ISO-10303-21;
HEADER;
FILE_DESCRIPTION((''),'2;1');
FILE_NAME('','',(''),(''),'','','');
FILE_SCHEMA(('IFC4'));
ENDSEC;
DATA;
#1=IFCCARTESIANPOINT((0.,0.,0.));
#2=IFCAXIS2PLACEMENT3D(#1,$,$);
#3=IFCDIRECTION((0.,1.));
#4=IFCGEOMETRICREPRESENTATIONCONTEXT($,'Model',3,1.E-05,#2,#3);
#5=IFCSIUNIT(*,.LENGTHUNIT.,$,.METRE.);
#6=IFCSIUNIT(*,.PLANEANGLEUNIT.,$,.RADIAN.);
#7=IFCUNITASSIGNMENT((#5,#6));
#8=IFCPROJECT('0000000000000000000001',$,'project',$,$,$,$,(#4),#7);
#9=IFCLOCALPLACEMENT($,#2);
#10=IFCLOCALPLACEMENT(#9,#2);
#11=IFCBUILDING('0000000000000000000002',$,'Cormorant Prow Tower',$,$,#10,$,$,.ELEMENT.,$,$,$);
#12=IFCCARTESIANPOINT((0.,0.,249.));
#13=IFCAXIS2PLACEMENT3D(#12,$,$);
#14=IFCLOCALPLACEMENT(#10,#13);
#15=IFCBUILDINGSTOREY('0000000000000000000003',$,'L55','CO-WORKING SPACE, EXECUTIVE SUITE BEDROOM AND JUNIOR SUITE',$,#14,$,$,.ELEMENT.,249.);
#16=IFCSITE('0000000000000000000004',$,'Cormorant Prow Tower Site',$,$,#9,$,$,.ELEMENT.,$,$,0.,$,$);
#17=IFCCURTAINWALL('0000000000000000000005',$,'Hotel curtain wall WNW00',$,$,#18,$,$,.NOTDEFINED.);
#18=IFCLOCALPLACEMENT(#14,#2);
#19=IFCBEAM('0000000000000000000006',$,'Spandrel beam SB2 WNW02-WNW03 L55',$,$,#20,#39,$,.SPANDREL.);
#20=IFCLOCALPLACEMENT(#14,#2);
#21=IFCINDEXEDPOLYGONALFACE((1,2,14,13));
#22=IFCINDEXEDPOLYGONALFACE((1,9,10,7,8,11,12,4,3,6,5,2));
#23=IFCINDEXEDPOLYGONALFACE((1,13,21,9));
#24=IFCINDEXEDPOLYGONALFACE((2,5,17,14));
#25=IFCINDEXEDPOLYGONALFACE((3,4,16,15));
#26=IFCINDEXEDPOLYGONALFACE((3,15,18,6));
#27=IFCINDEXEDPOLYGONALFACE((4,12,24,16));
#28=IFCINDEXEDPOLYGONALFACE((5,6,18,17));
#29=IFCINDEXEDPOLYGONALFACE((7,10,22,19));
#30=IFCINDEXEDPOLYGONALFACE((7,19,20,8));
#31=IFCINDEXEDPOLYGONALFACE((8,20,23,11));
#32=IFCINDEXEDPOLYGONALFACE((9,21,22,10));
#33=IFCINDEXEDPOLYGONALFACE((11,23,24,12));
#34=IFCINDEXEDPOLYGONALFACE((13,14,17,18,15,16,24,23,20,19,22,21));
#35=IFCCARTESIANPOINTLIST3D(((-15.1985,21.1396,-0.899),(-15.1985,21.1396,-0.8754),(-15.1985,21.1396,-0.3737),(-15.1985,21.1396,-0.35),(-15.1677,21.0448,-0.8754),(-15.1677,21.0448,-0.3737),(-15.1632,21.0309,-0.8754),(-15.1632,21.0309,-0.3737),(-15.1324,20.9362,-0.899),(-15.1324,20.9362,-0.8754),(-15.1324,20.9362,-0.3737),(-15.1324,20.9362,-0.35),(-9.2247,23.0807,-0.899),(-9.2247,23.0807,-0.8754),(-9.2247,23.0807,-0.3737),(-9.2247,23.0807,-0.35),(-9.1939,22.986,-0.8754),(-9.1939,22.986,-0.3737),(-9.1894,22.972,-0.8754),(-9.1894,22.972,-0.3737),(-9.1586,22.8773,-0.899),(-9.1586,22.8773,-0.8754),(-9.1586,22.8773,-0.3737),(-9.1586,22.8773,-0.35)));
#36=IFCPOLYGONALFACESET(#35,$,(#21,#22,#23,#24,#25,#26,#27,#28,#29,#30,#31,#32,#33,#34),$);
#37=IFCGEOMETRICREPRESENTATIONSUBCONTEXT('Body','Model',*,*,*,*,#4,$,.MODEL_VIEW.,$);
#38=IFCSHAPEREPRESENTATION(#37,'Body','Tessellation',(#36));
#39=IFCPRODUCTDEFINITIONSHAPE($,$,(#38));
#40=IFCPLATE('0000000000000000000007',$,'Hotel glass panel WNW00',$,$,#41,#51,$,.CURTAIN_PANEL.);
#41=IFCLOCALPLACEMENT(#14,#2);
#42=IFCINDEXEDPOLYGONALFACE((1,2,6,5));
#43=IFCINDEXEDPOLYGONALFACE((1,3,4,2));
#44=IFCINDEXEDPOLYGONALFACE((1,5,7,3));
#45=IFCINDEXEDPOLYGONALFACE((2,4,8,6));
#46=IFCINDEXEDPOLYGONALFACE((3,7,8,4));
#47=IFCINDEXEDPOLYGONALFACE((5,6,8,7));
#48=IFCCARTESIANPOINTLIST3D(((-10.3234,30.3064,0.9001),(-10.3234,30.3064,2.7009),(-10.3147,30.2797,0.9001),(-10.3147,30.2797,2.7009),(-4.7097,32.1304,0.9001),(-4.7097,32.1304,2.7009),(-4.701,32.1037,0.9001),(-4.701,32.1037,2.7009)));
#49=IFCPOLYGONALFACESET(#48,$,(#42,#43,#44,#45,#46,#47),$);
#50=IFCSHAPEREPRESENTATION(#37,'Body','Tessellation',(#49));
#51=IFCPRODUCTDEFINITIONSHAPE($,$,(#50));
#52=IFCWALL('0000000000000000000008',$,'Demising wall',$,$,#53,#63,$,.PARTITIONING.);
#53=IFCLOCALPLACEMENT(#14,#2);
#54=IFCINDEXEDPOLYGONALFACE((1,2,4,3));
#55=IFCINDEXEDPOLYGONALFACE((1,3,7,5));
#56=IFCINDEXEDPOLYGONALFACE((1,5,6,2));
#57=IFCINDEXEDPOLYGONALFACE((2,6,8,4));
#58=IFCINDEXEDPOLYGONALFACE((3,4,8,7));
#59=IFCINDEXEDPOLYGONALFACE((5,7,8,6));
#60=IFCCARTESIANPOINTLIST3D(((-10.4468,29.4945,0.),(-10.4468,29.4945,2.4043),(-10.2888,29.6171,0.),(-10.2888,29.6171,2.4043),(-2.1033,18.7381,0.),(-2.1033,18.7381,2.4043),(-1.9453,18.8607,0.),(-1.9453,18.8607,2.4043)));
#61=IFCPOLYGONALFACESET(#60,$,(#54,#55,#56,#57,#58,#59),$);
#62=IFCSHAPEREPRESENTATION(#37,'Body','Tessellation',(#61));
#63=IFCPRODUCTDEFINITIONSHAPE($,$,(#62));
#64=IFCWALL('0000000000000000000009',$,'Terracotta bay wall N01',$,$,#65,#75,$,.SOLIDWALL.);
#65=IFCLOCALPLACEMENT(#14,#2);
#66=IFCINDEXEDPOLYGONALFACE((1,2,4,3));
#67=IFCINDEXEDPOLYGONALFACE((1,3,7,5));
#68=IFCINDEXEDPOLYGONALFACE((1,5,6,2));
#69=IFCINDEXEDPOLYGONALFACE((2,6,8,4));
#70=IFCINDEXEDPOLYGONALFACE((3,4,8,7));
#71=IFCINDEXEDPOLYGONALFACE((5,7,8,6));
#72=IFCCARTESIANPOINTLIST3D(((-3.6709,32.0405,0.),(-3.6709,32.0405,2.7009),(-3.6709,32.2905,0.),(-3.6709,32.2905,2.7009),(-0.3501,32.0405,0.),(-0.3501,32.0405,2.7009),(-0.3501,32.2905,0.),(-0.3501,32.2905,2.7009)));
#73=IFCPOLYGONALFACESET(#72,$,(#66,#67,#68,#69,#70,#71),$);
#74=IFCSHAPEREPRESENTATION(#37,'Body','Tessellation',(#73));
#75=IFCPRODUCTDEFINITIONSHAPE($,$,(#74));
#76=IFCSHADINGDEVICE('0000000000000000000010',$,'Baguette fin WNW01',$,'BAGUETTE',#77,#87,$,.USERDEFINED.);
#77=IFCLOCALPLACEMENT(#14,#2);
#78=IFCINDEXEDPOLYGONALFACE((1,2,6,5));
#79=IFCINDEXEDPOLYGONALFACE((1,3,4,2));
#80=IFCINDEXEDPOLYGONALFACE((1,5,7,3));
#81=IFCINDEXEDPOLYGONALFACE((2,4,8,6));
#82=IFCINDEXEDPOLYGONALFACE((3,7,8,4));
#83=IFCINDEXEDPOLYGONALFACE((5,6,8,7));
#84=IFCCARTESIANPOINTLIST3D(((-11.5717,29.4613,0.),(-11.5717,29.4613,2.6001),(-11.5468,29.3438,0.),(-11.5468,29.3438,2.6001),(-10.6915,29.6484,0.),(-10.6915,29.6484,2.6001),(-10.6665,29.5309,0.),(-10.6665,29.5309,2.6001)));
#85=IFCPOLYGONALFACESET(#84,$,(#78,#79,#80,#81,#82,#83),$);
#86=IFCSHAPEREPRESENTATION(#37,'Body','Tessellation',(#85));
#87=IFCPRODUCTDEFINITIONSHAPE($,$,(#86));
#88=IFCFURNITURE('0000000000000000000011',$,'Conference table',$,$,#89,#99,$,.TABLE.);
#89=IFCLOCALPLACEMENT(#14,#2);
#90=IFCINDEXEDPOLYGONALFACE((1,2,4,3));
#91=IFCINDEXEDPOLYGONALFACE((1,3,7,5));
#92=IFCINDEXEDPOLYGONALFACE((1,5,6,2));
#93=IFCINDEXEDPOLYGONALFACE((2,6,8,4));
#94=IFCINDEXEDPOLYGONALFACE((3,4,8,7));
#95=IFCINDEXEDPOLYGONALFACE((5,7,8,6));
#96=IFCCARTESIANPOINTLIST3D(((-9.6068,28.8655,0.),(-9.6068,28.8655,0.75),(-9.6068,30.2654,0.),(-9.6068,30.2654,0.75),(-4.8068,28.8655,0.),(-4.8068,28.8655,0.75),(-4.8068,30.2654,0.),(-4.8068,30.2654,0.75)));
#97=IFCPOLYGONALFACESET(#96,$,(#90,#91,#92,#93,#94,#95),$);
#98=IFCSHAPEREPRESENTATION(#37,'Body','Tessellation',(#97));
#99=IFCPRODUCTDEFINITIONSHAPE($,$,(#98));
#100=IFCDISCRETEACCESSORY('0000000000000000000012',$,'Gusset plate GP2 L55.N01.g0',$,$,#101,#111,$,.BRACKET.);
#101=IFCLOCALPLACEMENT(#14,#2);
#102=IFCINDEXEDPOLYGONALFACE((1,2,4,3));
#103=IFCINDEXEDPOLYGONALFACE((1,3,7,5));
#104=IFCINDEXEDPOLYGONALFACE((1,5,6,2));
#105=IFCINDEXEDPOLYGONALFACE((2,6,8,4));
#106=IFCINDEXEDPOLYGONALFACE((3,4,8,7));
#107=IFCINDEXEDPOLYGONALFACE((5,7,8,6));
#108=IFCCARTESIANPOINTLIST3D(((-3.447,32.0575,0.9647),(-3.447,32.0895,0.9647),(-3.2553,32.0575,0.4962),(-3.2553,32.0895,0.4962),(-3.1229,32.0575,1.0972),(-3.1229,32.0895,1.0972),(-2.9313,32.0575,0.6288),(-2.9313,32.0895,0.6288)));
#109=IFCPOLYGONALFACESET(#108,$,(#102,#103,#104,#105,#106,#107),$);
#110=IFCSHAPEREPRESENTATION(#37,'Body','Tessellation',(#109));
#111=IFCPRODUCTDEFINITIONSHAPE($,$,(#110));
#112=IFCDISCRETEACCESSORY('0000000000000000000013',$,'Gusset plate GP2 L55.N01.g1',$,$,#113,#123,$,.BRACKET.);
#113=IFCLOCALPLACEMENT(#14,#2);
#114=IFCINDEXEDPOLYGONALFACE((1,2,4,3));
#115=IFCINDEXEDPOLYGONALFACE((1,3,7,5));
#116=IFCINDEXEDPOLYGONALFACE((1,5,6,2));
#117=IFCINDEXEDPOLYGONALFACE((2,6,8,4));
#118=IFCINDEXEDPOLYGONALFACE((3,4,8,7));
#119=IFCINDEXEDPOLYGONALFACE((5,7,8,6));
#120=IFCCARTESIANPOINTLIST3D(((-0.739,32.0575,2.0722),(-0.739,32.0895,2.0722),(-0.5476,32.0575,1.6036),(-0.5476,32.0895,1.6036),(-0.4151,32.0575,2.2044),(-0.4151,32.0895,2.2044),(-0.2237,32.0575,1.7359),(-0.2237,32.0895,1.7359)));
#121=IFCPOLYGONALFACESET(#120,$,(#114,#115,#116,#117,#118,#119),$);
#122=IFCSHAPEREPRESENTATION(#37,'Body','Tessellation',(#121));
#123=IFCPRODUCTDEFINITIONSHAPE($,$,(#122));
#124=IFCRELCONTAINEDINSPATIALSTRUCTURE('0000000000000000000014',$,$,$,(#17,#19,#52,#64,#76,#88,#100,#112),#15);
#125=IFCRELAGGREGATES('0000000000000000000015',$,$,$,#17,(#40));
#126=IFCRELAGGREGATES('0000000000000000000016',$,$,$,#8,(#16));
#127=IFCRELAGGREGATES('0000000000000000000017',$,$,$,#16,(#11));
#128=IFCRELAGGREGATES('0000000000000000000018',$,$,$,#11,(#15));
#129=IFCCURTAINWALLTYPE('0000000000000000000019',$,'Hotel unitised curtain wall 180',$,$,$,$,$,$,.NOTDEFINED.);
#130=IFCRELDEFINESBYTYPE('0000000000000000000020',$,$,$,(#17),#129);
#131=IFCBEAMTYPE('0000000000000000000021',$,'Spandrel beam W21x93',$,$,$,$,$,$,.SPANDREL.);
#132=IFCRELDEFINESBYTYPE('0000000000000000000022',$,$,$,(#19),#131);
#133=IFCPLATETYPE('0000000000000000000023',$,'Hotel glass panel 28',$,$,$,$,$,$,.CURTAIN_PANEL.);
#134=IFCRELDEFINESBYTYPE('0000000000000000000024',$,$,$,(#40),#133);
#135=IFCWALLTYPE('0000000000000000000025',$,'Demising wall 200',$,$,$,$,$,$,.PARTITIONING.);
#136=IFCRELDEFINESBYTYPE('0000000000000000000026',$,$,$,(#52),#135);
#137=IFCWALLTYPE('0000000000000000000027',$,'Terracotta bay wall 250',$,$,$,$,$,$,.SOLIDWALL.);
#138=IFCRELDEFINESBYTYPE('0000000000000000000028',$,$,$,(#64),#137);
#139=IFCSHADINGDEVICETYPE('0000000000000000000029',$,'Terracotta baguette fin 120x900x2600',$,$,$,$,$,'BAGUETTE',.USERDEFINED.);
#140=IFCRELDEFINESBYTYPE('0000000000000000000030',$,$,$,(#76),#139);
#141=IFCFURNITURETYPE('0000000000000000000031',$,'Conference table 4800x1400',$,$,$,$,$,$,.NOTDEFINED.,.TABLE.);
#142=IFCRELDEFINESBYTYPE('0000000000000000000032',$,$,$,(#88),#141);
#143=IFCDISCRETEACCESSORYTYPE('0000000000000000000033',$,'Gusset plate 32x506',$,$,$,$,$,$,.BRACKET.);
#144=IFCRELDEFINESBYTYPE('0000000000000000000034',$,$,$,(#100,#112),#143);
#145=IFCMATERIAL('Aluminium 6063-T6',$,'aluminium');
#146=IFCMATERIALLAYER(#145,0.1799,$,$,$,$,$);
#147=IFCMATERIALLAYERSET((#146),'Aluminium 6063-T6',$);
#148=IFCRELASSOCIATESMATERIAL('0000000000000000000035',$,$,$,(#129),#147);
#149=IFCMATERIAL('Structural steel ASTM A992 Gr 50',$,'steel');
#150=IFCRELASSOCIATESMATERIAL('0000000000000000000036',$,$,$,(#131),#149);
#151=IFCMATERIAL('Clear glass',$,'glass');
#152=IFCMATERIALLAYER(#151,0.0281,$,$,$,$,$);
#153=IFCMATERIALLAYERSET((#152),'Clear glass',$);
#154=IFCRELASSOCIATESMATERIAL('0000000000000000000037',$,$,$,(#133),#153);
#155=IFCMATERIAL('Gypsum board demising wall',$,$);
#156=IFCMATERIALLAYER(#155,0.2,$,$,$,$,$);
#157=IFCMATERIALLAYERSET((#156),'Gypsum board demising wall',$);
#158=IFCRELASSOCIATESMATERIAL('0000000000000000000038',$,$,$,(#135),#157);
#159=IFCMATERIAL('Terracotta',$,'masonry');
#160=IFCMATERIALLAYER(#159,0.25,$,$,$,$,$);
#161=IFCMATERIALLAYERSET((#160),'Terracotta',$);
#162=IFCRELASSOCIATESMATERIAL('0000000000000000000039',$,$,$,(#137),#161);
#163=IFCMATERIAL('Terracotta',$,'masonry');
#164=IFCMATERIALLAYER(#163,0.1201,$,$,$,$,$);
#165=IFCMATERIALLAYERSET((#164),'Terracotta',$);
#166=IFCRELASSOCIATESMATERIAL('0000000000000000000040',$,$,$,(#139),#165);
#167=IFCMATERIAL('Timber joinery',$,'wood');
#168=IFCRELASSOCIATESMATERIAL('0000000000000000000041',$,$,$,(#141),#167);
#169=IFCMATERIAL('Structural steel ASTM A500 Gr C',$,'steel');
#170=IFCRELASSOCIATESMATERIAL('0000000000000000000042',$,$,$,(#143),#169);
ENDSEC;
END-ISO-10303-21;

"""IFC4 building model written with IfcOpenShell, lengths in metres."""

from ifc_helpers import new_model, si_unit, direction, frame, frame_2d, origin, origin_2d, place, context, subcontext, project, spatial, rectangle, i_section, extrude, material, layer, layer_set, material_profile, profile_set, type_object, element, aggregate, save


model = new_model("IFC4")

# Units and contexts
model_context = context("Model", 3, precision=1e-05, world=origin(), true_north=direction((0.0, 1.0)))
body_context = subcontext(model_context, "Body", "Model", "MODEL_VIEW")
ifc_project = project(units=[si_unit("LENGTHUNIT", "METRE"), si_unit("PLANEANGLEUNIT", "RADIAN")], contexts=[model_context])

# Site, building, storey
site_placement = place(None, origin())
site = spatial("IfcSite", under=ifc_project, at=site_placement, Name="Cormorant Prow Tower Site", CompositionType="ELEMENT", RefElevation=0.0)
building_placement = place(site_placement, origin())
building = spatial("IfcBuilding", under=site, at=building_placement, Name="Cormorant Prow Tower", CompositionType="ELEMENT")
storey_placement = place(building_placement, frame((0.0, 0.0, 249.0)))
storey = spatial("IfcBuildingStorey", under=building, at=storey_placement, Name="L55", Description="CO-WORKING SPACE, EXECUTIVE SUITE BEDROOM AND JUNIOR SUITE", CompositionType="ELEMENT", Elevation=249.0)

# Curtain wall
ifc_material_1 = material(Name="Aluminium 6063-T6", Category="aluminium")
ifc_layer_1 = layer(ifc_material_1, 0.1799)
ifc_layer_set_1 = layer_set([ifc_layer_1], Name="Aluminium 6063-T6")
curtain_wall_type = type_object("IfcCurtainWallType", Name="Hotel unitised curtain wall 180", PredefinedType="NOTDEFINED", material=ifc_layer_set_1)
curtain_wall_1_placement = place(storey_placement, origin())
curtain_wall_1 = element("IfcCurtainWall", 1, at=curtain_wall_1_placement, inside=storey, type_object=curtain_wall_type, Name="Hotel curtain wall WNW00", PredefinedType="NOTDEFINED")

# Beam
ifc_material_2 = material(Name="Structural steel ASTM A992 Gr 50", Category="steel")
ifc_material_profile_1 = material_profile(ifc_material_2, i_section(OverallWidth=0.2139, OverallDepth=0.5491, WebThickness=0.0146, FlangeThickness=0.0237, at=origin_2d()), Name="W21x93")
ifc_profile_set_1 = profile_set([ifc_material_profile_1], Name="Structural steel ASTM A992 Gr 50")
beam_type = type_object("IfcBeamType", Name="Spandrel beam W21x93", PredefinedType="SPANDREL", material=ifc_profile_set_1)
beam_1_placement = place(storey_placement, frame((-9.1917, 22.979, -0.6245), z_axis=(-0.95105, -0.309036, 0.0), x_axis=(0.309036, -0.95105, 0.0)))
element("IfcBeam", 2, at=beam_1_placement, inside=storey, type_object=beam_type, Name="Spandrel beam SB2 WNW02-WNW03 L55", PredefinedType="SPANDREL", context=body_context, shape_type="SweptSolid", body=[
    extrude(i_section(OverallWidth=0.2139, OverallDepth=0.5491, WebThickness=0.0146, FlangeThickness=0.0237, at=origin_2d()), origin(), (0.0, 0.0, 1.0), 6.2812),
])

# Plate
ifc_material_3 = material(Name="Clear glass", Category="glass")
ifc_layer_2 = layer(ifc_material_3, 0.0281)
ifc_layer_set_2 = layer_set([ifc_layer_2], Name="Clear glass")
plate_type = type_object("IfcPlateType", Name="Hotel glass panel 28", PredefinedType="CURTAIN_PANEL", material=ifc_layer_set_2)
plate_placement = place(storey_placement, frame((-7.5122, 31.2051, 0.9001), z_axis=(0.0, 0.0, 1.0), x_axis=(-0.951057, -0.309017, 0.0)))
plate = element("IfcPlate", 3, at=plate_placement, type_object=plate_type, Name="Hotel glass panel WNW00", PredefinedType="CURTAIN_PANEL", context=body_context, shape_type="SweptSolid", body=[
    extrude(rectangle(XDim=5.9026, YDim=0.0281, at=origin_2d()), origin(), (0.0, 0.0, 1.0), 1.8008),
])
aggregate(curtain_wall_1, [plate])

# Walls
ifc_material_4 = material(Name="Gypsum board demising wall")
ifc_layer_3 = layer(ifc_material_4, 0.2)
ifc_layer_set_3 = layer_set([ifc_layer_3], Name="Gypsum board demising wall")
wall_type_1 = type_object("IfcWallType", Name="Demising wall 200", PredefinedType="PARTITIONING", material=ifc_layer_set_3)
wall_1_placement = place(storey_placement, frame((-10.3679, 29.5559, 0.0), z_axis=(0.0, 0.0, 1.0), x_axis=(0.612908, -0.790154, 0.0)))
element("IfcWall", 4, at=wall_1_placement, inside=storey, type_object=wall_type_1, Name="Demising wall", PredefinedType="PARTITIONING", context=body_context, shape_type="SweptSolid", body=[
    extrude(rectangle(XDim=13.613, YDim=0.2, at=frame_2d((6.8066, 0.0))), origin(), (0.0, 0.0, 1.0), 2.4043),
])
ifc_material_5 = material(Name="Terracotta", Category="masonry")
ifc_layer_4 = layer(ifc_material_5, 0.25)
ifc_layer_set_4 = layer_set([ifc_layer_4], Name="Terracotta")
wall_type_2 = type_object("IfcWallType", Name="Terracotta bay wall 250", PredefinedType="SOLIDWALL", material=ifc_layer_set_4)
wall_2_placement = place(storey_placement, frame((-0.3501, 32.1655, 0.0), z_axis=(0.0, 0.0, 1.0), x_axis=(-1.0, 0.0, 0.0)))
element("IfcWall", 5, at=wall_2_placement, inside=storey, type_object=wall_type_2, Name="Terracotta bay wall N01", PredefinedType="SOLIDWALL", context=body_context, shape_type="SweptSolid", body=[
    extrude(rectangle(XDim=3.3208, YDim=0.25, at=frame_2d((1.6604, 0.0))), origin(), (0.0, 0.0, 1.0), 2.7009),
])

# Shading device
ifc_material_6 = material(Name="Terracotta", Category="masonry")
ifc_layer_5 = layer(ifc_material_6, 0.1201)
ifc_layer_set_5 = layer_set([ifc_layer_5], Name="Terracotta")
shading_device_type = type_object("IfcShadingDeviceType", Name="Terracotta baguette fin 120x900x2600", ElementType="BAGUETTE", PredefinedType="USERDEFINED", material=ifc_layer_set_5)
shading_device_placement = place(storey_placement, frame((-11.1191, 29.4961, 0.0), z_axis=(0.0, 0.0, 1.0), x_axis=(0.207912, -0.978148, 0.0)))
element("IfcShadingDevice", 6, at=shading_device_placement, inside=storey, type_object=shading_device_type, Name="Baguette fin WNW01", ObjectType="BAGUETTE", PredefinedType="USERDEFINED", context=body_context, shape_type="SweptSolid", body=[
    extrude(rectangle(XDim=0.1201, YDim=0.8999, at=origin_2d()), origin(), (0.0, 0.0, 1.0), 2.6001),
])

# Furniture
ifc_material_7 = material(Name="Timber joinery", Category="wood")
furniture_type = type_object("IfcFurnitureType", Name="Conference table 4800x1400", AssemblyPlace="NOTDEFINED", PredefinedType="TABLE", material=ifc_material_7)
furniture_placement = place(storey_placement, frame((-7.2068, 29.5654, 0.0), z_axis=(0.0, 0.0, 1.0), x_axis=(1.0, 0.0, 0.0)))
element("IfcFurniture", 7, at=furniture_placement, inside=storey, type_object=furniture_type, Name="Conference table", PredefinedType="TABLE", context=body_context, shape_type="SweptSolid", body=[
    extrude(rectangle(XDim=4.8, YDim=1.3999, at=origin_2d()), origin(), (0.0, 0.0, 1.0), 0.75),
])

# Discrete accessories
ifc_material_8 = material(Name="Structural steel ASTM A500 Gr C", Category="steel")
ifc_material_profile_2 = material_profile(ifc_material_8, rectangle(XDim=0.032, YDim=0.5061, at=origin_2d()), Name="Gusset plate 32x506")
ifc_profile_set_2 = profile_set([ifc_material_profile_2], Name="Structural steel ASTM A500 Gr C")
discrete_accessory_type = type_object("IfcDiscreteAccessoryType", Name="Gusset plate 32x506", PredefinedType="BRACKET", material=ifc_profile_set_2)
discrete_accessory_1_placement = place(storey_placement, frame((-3.0271, 32.0735, 0.863), z_axis=(-0.925514, 0.0, -0.378714), x_axis=(0.0, -1.0, 0.0)))
element("IfcDiscreteAccessory", 8, at=discrete_accessory_1_placement, inside=storey, type_object=discrete_accessory_type, Name="Gusset plate GP2 L55.N01.g0", PredefinedType="BRACKET", context=body_context, shape_type="SweptSolid", body=[
    extrude(rectangle(XDim=0.032, YDim=0.5061, at=origin_2d()), origin(), (0.0, 0.0, 1.0), 0.3501),
])
discrete_accessory_2_placement = place(storey_placement, frame((-0.6433, 32.0735, 1.8379), z_axis=(0.925758, 0.0, 0.378117), x_axis=(0.0, 1.0, 0.0)))
element("IfcDiscreteAccessory", 9, at=discrete_accessory_2_placement, inside=storey, type_object=discrete_accessory_type, Name="Gusset plate GP2 L55.N01.g1", PredefinedType="BRACKET", context=body_context, shape_type="SweptSolid", body=[
    extrude(rectangle(XDim=0.032, YDim=0.5061, at=origin_2d()), origin(), (0.0, 0.0, 1.0), 0.3499),
])

save(model, "model.ifc")
